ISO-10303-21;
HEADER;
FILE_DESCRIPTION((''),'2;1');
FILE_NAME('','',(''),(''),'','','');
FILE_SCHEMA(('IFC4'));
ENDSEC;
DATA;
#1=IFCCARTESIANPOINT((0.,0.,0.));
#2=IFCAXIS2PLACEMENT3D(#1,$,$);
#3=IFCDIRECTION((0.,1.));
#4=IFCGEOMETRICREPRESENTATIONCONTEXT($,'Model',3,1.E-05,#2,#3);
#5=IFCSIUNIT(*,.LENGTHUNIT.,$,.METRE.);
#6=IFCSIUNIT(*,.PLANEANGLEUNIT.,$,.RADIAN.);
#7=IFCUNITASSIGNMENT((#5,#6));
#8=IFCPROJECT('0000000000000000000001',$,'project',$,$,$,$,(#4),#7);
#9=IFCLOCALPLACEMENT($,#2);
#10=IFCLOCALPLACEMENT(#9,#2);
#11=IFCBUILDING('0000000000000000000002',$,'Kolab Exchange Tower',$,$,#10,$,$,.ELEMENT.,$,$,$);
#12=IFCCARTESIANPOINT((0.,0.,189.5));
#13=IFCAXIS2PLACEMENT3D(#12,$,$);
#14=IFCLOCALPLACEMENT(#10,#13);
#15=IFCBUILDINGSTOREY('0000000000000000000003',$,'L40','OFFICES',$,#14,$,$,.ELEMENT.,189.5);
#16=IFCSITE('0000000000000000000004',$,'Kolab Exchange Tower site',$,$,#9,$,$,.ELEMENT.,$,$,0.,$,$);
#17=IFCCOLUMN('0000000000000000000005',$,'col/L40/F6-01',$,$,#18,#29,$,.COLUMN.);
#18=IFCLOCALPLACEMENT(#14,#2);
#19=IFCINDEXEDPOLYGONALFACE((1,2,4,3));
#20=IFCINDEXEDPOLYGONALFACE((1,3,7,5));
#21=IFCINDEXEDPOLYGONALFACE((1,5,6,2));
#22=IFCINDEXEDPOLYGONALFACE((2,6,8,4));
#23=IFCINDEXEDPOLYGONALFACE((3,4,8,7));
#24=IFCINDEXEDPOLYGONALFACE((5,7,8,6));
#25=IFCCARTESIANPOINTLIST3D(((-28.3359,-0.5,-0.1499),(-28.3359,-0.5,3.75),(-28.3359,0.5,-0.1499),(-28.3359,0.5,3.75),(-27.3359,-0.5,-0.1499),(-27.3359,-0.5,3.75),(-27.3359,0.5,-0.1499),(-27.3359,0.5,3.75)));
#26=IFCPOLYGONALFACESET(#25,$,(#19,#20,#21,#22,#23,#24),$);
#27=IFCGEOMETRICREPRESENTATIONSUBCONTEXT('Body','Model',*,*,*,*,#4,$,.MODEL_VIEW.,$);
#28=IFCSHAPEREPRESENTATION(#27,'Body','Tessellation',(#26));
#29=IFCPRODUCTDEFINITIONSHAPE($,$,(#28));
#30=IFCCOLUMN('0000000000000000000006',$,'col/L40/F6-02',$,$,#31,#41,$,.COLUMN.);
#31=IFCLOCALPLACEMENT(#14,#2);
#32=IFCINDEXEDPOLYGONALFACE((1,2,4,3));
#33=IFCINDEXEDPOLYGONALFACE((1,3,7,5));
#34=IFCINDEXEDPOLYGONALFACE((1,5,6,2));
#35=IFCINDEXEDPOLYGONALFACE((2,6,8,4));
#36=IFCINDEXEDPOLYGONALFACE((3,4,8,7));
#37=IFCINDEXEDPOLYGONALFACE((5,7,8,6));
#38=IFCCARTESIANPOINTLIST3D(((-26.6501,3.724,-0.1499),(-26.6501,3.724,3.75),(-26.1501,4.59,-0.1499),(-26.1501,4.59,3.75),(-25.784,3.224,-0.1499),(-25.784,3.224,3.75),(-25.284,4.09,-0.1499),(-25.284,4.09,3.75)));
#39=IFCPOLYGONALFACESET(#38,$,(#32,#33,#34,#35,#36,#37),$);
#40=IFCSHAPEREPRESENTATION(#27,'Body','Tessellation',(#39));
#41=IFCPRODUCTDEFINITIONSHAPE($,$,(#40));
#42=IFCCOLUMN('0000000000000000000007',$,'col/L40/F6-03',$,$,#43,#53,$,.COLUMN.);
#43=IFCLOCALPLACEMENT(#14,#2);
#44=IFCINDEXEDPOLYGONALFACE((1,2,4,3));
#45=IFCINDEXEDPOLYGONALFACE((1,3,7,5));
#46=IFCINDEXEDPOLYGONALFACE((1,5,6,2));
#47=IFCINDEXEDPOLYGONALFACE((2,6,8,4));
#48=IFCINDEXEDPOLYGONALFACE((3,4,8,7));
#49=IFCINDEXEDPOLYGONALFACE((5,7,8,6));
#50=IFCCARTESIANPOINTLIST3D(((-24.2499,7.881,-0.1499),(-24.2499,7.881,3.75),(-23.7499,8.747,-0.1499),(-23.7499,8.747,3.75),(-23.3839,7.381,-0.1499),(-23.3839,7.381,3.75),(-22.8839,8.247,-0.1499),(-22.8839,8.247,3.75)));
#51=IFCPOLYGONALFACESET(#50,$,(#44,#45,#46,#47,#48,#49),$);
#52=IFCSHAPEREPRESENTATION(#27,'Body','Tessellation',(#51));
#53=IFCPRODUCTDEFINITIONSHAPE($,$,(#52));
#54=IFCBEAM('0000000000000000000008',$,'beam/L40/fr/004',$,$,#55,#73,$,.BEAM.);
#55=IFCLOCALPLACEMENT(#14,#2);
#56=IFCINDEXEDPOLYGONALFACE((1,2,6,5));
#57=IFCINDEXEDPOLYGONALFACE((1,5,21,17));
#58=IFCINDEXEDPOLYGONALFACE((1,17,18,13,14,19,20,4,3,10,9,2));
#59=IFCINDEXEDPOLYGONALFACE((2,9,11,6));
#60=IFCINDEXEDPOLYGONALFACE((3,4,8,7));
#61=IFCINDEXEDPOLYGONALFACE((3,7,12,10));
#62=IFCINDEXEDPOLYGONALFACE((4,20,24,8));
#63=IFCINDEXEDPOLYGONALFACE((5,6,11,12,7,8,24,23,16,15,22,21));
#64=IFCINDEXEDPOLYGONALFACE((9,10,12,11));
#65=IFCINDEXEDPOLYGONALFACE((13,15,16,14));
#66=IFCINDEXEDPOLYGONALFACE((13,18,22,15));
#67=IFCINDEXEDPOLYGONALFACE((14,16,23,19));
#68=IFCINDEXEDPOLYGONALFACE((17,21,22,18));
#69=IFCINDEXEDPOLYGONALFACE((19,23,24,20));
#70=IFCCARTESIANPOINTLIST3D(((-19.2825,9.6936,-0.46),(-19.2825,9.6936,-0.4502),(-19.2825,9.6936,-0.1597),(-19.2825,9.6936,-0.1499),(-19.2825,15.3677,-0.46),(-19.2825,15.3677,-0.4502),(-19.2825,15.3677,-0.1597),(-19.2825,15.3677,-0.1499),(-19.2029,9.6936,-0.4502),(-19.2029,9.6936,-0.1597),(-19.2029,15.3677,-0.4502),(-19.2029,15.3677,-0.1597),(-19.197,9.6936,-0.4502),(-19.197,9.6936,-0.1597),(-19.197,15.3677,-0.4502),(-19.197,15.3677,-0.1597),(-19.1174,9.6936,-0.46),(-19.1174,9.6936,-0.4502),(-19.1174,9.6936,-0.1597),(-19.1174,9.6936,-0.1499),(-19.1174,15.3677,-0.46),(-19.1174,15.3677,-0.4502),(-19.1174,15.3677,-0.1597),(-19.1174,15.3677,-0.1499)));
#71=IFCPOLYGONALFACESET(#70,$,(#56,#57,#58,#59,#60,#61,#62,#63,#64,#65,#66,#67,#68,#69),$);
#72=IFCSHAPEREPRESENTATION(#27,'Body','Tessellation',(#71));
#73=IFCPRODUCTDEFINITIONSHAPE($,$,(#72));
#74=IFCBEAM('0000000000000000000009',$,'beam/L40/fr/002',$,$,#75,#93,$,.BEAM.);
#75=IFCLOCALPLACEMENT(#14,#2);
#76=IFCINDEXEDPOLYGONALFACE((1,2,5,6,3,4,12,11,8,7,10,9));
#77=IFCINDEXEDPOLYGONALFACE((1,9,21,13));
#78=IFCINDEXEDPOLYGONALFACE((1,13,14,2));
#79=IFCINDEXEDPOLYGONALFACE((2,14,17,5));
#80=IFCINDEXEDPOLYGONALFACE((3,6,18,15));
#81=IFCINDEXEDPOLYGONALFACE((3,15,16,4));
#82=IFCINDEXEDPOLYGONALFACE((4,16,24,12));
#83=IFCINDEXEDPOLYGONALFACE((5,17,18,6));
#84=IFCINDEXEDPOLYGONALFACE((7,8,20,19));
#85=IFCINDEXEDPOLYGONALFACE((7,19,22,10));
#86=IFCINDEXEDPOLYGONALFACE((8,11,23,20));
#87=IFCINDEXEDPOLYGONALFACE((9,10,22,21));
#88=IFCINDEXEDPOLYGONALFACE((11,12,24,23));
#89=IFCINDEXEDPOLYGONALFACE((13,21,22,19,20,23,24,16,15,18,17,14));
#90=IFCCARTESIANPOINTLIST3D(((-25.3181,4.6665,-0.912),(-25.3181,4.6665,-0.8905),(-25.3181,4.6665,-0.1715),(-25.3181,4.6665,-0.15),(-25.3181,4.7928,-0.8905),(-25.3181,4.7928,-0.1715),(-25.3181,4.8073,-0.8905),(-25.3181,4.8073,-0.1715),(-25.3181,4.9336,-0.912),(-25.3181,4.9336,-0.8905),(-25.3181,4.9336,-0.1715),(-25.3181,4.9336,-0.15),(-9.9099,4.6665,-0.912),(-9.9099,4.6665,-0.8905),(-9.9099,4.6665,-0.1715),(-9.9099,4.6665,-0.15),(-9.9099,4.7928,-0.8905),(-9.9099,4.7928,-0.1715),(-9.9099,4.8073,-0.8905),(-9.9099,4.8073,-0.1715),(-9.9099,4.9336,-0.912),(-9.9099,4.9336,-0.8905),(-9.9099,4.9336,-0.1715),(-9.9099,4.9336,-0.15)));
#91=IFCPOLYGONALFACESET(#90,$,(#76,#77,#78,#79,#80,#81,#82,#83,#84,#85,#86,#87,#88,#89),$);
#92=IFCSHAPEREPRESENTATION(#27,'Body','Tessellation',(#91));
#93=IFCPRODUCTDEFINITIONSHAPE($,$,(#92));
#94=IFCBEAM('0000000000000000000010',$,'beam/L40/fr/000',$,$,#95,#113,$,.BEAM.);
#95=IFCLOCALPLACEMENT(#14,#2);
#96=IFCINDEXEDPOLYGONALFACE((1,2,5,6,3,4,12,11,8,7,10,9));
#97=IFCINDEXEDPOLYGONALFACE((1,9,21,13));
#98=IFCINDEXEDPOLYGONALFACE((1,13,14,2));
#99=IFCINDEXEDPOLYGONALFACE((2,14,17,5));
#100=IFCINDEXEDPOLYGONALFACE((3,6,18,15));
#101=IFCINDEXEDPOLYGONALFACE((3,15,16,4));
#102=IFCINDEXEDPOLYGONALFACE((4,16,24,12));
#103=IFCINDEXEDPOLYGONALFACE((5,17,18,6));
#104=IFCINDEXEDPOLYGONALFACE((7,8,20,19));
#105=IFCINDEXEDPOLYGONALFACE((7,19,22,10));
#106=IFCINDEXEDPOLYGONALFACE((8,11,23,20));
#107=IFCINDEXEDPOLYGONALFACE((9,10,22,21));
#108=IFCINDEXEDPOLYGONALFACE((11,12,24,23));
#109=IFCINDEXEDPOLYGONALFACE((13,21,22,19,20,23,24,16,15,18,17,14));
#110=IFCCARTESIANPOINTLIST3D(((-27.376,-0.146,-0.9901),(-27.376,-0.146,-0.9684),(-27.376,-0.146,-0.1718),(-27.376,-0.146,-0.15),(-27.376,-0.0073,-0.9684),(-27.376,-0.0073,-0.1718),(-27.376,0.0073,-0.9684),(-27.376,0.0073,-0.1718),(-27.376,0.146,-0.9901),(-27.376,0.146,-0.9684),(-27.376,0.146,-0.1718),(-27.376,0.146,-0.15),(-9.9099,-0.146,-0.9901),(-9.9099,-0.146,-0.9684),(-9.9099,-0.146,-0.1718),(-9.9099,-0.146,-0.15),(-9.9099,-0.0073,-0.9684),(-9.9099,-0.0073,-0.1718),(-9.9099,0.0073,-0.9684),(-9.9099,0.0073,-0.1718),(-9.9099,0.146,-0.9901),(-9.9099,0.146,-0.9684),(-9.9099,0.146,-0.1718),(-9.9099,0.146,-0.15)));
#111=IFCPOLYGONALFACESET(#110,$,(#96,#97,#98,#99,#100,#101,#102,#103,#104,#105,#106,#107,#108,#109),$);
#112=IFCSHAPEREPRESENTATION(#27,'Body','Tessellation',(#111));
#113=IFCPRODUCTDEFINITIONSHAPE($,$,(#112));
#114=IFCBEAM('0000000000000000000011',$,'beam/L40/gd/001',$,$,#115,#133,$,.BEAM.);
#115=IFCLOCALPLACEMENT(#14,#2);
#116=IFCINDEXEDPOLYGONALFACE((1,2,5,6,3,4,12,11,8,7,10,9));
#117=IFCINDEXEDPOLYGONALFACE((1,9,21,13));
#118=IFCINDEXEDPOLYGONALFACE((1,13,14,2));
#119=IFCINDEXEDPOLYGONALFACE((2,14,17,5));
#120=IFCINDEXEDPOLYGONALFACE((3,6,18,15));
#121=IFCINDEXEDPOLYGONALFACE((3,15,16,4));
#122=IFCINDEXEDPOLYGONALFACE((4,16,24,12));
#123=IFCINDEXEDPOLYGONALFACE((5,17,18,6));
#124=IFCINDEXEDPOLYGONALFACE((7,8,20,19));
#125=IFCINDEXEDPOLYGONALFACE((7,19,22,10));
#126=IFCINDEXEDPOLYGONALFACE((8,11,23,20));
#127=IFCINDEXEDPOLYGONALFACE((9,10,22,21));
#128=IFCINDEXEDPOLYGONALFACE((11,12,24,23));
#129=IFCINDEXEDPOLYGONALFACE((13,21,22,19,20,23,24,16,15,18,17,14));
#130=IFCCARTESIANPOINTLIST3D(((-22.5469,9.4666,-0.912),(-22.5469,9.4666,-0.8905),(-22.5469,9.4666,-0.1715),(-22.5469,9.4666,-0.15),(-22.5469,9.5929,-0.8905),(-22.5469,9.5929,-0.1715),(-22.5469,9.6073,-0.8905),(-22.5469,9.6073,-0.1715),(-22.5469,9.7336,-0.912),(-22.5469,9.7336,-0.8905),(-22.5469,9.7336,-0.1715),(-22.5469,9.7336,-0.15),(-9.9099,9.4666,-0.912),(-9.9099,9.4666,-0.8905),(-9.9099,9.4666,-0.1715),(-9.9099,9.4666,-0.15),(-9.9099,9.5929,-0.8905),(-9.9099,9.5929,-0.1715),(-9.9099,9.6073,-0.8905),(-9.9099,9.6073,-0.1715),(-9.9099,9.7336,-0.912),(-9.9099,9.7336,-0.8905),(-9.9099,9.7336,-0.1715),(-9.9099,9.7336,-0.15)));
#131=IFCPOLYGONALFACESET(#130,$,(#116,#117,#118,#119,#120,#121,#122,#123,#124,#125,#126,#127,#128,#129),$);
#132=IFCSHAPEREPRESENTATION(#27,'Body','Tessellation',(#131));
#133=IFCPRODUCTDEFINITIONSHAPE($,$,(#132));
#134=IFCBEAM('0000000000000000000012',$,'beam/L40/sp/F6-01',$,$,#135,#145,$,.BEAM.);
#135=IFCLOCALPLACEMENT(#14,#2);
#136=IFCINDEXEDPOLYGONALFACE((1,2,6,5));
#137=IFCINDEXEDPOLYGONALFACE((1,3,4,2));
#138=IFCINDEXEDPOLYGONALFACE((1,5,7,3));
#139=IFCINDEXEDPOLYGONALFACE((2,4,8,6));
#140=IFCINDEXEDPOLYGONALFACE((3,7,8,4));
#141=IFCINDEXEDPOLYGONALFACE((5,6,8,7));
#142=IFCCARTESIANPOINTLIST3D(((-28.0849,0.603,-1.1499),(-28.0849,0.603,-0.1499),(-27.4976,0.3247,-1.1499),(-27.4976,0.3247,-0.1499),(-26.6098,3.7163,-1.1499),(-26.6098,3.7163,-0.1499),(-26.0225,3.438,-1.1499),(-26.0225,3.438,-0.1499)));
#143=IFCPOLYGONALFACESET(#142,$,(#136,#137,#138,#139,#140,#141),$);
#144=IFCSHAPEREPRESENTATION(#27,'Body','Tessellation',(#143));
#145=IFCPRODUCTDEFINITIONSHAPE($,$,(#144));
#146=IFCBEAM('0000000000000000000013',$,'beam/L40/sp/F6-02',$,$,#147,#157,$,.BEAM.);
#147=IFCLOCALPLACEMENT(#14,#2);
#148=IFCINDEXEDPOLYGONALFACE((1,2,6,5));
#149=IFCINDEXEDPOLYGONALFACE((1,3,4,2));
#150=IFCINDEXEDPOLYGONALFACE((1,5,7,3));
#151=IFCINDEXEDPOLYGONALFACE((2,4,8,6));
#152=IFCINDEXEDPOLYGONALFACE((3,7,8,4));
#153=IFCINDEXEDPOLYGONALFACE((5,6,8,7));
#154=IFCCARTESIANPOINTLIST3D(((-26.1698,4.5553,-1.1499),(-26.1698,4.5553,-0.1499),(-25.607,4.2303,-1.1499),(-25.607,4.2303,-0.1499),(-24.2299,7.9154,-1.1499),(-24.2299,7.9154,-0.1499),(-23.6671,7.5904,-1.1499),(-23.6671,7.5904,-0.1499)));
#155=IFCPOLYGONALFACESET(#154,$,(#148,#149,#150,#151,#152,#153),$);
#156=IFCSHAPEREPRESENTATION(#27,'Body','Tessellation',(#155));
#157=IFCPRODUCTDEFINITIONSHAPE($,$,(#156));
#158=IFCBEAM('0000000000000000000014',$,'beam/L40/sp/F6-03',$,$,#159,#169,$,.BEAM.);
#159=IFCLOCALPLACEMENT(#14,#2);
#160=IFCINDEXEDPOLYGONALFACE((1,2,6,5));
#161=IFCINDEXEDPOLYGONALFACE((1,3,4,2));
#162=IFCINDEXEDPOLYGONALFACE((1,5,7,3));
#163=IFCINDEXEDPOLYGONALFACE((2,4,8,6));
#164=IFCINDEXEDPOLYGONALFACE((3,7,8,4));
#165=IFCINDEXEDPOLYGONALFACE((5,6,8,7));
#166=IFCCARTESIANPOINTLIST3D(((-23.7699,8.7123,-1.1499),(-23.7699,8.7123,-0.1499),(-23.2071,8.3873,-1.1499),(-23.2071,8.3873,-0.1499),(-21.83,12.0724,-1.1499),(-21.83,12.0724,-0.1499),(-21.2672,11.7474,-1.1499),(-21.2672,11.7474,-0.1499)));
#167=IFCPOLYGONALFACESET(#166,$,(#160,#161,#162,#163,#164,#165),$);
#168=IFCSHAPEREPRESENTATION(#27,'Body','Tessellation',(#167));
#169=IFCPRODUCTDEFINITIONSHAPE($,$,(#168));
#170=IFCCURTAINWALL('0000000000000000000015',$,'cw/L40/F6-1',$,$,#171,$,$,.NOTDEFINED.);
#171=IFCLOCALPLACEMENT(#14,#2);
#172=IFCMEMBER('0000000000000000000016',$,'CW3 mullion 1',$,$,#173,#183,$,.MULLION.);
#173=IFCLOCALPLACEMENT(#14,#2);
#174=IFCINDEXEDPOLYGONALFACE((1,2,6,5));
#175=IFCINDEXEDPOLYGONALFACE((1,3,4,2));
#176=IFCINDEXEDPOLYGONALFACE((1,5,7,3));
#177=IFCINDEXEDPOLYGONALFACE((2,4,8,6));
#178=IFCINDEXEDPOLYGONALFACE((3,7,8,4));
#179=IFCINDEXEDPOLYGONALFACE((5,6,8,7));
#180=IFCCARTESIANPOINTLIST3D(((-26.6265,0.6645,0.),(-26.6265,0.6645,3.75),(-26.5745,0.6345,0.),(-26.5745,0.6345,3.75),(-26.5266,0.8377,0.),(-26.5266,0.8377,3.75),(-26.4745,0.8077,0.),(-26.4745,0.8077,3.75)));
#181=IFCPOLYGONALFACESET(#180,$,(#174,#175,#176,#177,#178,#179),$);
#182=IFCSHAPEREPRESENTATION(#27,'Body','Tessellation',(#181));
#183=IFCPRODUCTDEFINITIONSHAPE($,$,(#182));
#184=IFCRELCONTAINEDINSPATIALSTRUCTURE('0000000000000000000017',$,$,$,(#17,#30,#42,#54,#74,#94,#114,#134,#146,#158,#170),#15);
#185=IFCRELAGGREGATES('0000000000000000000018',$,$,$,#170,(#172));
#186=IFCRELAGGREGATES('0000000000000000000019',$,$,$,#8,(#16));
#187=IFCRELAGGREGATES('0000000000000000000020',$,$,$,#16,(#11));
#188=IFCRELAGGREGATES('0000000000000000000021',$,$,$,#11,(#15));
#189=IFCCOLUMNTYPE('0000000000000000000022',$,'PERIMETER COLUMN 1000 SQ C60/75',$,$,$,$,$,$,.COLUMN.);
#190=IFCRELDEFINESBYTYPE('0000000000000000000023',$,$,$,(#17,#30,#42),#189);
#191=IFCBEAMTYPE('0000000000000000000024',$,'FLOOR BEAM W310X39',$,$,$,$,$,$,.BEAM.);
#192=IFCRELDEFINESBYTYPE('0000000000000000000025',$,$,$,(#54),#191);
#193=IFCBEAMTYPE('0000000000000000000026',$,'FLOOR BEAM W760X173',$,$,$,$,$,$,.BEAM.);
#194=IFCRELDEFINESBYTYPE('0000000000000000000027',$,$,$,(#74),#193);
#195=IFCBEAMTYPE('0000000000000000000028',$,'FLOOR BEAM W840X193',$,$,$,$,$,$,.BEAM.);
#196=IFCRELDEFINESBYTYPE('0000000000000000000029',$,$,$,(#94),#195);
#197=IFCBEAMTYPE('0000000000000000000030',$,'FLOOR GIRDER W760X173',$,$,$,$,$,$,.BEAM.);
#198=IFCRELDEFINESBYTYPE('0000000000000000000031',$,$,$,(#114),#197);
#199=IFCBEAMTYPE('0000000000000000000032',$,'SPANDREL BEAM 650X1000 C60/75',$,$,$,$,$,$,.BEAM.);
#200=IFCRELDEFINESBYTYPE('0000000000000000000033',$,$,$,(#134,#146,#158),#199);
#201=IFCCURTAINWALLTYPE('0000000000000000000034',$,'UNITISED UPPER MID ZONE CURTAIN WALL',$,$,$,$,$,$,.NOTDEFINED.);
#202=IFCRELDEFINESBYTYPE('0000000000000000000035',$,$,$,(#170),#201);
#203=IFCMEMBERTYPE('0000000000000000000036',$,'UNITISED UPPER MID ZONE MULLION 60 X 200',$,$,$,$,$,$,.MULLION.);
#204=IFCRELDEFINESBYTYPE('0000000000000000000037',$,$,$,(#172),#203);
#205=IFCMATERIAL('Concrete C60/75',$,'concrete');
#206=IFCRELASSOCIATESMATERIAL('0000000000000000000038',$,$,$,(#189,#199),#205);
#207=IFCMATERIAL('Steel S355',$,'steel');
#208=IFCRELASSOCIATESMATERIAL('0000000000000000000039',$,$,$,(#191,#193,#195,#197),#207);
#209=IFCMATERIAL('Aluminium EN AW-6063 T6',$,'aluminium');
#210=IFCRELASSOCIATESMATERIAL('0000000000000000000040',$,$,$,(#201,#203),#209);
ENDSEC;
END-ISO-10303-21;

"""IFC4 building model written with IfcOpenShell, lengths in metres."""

from ifc_helpers import new_model, si_unit, direction, frame, origin, origin_2d, place, context, subcontext, project, spatial, rectangle, i_section, extrude, material, material_profile, profile_set, type_object, element, aggregate, save


model = new_model("IFC4")

# Units and contexts
model_context = context("Model", 3, precision=1e-05, world=origin(), true_north=direction((0.0, 1.0)))
body_context = subcontext(model_context, "Body", "Model", "MODEL_VIEW")
ifc_project = project(units=[si_unit("LENGTHUNIT", "METRE"), si_unit("PLANEANGLEUNIT", "RADIAN")], contexts=[model_context])

# Site, building, storey
site_placement = place(None, origin())
site = spatial("IfcSite", under=ifc_project, at=site_placement, Name="Kolab Exchange Tower site", CompositionType="ELEMENT", RefElevation=0.0)
building_placement = place(site_placement, origin())
building = spatial("IfcBuilding", under=site, at=building_placement, Name="Kolab Exchange Tower", CompositionType="ELEMENT")
storey_placement = place(building_placement, frame((0.0, 0.0, 189.5)))
storey = spatial("IfcBuildingStorey", under=building, at=storey_placement, Name="L40", Description="OFFICES", CompositionType="ELEMENT", Elevation=189.5)

# Columns
ifc_material_1 = material(Name="Concrete C60/75", Category="concrete")
ifc_material_profile_1 = material_profile(ifc_material_1, rectangle(XDim=1.0, YDim=1.0, at=origin_2d()), Name="RC1000")
ifc_profile_set_1 = profile_set([ifc_material_profile_1], Name="Concrete C60/75")
column_type = type_object("IfcColumnType", Name="PERIMETER COLUMN 1000 SQ C60/75", PredefinedType="COLUMN", material=ifc_profile_set_1)
for number, where, z_axis, x_axis, name in (
    (1, (-27.8359, 0.0, -0.1499), (0.0, 0.0, 1.0), (1.0, 0.0, 0.0), "col/L40/F6-01"),
    (2, (-25.967, 3.907, -0.1499), (0.0, 0.0, 1.0), (0.5, 0.866025, 0.0), "col/L40/F6-02"),
    (3, (-23.5669, 8.064, -0.1499), (0.0, 0.0, 1.0), (0.5, 0.866025, 0.0), "col/L40/F6-03"),
):
    element("IfcColumn", number, at=place(storey_placement, frame(where, z_axis=z_axis, x_axis=x_axis)), inside=storey, type_object=column_type, Name=name, PredefinedType="COLUMN", context=body_context, shape_type="SweptSolid", body=[
        extrude(rectangle(XDim=1.0, YDim=1.0, at=origin_2d()), origin(), (0.0, 0.0, 1.0), 3.8999),
    ])

# Beams
ifc_material_2 = material(Name="Steel S355", Category="steel")
ifc_material_profile_2 = material_profile(ifc_material_2, i_section(OverallWidth=0.165, OverallDepth=0.3101, WebThickness=0.0059, FlangeThickness=0.0098, at=origin_2d()), Name="W310X39")
ifc_profile_set_2 = profile_set([ifc_material_profile_2], Name="Steel S355")
beam_type_1 = type_object("IfcBeamType", Name="FLOOR BEAM W310X39", PredefinedType="BEAM", material=ifc_profile_set_2)
beam_1_placement = place(storey_placement, frame((-19.2, 9.6936, -0.3049), z_axis=(0.0, 1.0, 0.0), x_axis=(-1.0, 0.0, 0.0)))
element("IfcBeam", 4, at=beam_1_placement, inside=storey, type_object=beam_type_1, Name="beam/L40/fr/004", PredefinedType="BEAM", context=body_context, shape_type="SweptSolid", body=[
    extrude(i_section(OverallWidth=0.165, OverallDepth=0.3101, WebThickness=0.0059, FlangeThickness=0.0098, at=origin_2d()), origin(), (0.0, 0.0, 1.0), 5.6741),
])
ifc_material_profile_3 = material_profile(ifc_material_2, i_section(OverallWidth=0.2671, OverallDepth=0.762, WebThickness=0.0144, FlangeThickness=0.0215, at=origin_2d()), Name="W760X173")
ifc_profile_set_3 = profile_set([ifc_material_profile_3], Name="Steel S355")
beam_type_2 = type_object("IfcBeamType", Name="FLOOR BEAM W760X173", PredefinedType="BEAM", material=ifc_profile_set_3)
beam_2_placement = place(storey_placement, frame((-25.3181, 4.8, -0.531), z_axis=(1.0, 0.0, 0.0), x_axis=(0.0, 1.0, 0.0)))
element("IfcBeam", 5, at=beam_2_placement, inside=storey, type_object=beam_type_2, Name="beam/L40/fr/002", PredefinedType="BEAM", context=body_context, shape_type="SweptSolid", body=[
    extrude(i_section(OverallWidth=0.2671, OverallDepth=0.762, WebThickness=0.0144, FlangeThickness=0.0215, at=origin_2d()), origin(), (0.0, 0.0, 1.0), 15.4082),
])
ifc_material_profile_4 = material_profile(ifc_material_2, i_section(OverallWidth=0.292, OverallDepth=0.8401, WebThickness=0.0146, FlangeThickness=0.0217, at=origin_2d()), Name="W840X193")
ifc_profile_set_4 = profile_set([ifc_material_profile_4], Name="Steel S355")
beam_type_3 = type_object("IfcBeamType", Name="FLOOR BEAM W840X193", PredefinedType="BEAM", material=ifc_profile_set_4)
beam_3_placement = place(storey_placement, frame((-27.376, 0.0, -0.5701), z_axis=(1.0, 0.0, 0.0), x_axis=(0.0, 1.0, 0.0)))
element("IfcBeam", 6, at=beam_3_placement, inside=storey, type_object=beam_type_3, Name="beam/L40/fr/000", PredefinedType="BEAM", context=body_context, shape_type="SweptSolid", body=[
    extrude(i_section(OverallWidth=0.292, OverallDepth=0.8401, WebThickness=0.0146, FlangeThickness=0.0217, at=origin_2d()), origin(), (0.0, 0.0, 1.0), 17.4661),
])
ifc_material_profile_5 = material_profile(ifc_material_2, i_section(OverallWidth=0.2671, OverallDepth=0.762, WebThickness=0.0144, FlangeThickness=0.0215, at=origin_2d()), Name="W760X173")
ifc_profile_set_5 = profile_set([ifc_material_profile_5], Name="Steel S355")
beam_type_4 = type_object("IfcBeamType", Name="FLOOR GIRDER W760X173", PredefinedType="BEAM", material=ifc_profile_set_5)
beam_4_placement = place(storey_placement, frame((-22.5469, 9.6001, -0.531), z_axis=(1.0, 0.0, 0.0), x_axis=(0.0, 1.0, 0.0)))
element("IfcBeam", 7, at=beam_4_placement, inside=storey, type_object=beam_type_4, Name="beam/L40/gd/001", PredefinedType="BEAM", context=body_context, shape_type="SweptSolid", body=[
    extrude(i_section(OverallWidth=0.2671, OverallDepth=0.762, WebThickness=0.0144, FlangeThickness=0.0215, at=origin_2d()), origin(), (0.0, 0.0, 1.0), 12.637),
])
ifc_material_profile_6 = material_profile(ifc_material_1, rectangle(XDim=0.6499, YDim=1.0, at=origin_2d()), Name="RC650X1000")
ifc_profile_set_6 = profile_set([ifc_material_profile_6], Name="Concrete C60/75")
beam_type_5 = type_object("IfcBeamType", Name="SPANDREL BEAM 650X1000 C60/75", PredefinedType="BEAM", material=ifc_profile_set_6)
beam_5_placement = place(storey_placement, frame((-27.7913, 0.4639, -0.6499), z_axis=(0.428178, 0.903695, 0.0), x_axis=(-0.903695, 0.428178, 0.0)))
element("IfcBeam", 8, at=beam_5_placement, inside=storey, type_object=beam_type_5, Name="beam/L40/sp/F6-01", PredefinedType="BEAM", context=body_context, shape_type="SweptSolid", body=[
    extrude(rectangle(XDim=0.6499, YDim=1.0, at=origin_2d()), origin(), (0.0, 0.0, 1.0), 3.4451),
])
for number, where, z_axis, x_axis, name in (
    (9, (-25.8884, 4.3928, -0.6499), (0.499997, 0.866027, 0.0), (-0.866027, 0.499997, 0.0), "beam/L40/sp/F6-02"),
    (10, (-23.4885, 8.5498, -0.6499), (0.499997, 0.866027, 0.0), (-0.866027, 0.499997, 0.0), "beam/L40/sp/F6-03"),
):
    element("IfcBeam", number, at=place(storey_placement, frame(where, z_axis=z_axis, x_axis=x_axis)), inside=storey, type_object=beam_type_5, Name=name, PredefinedType="BEAM", context=body_context, shape_type="SweptSolid", body=[
        extrude(rectangle(XDim=0.6499, YDim=1.0, at=origin_2d()), origin(), (0.0, 0.0, 1.0), 3.8799),
    ])

# Curtain wall, member
ifc_material_3 = material(Name="Aluminium EN AW-6063 T6", Category="aluminium")
curtain_wall_type = type_object("IfcCurtainWallType", Name="UNITISED UPPER MID ZONE CURTAIN WALL", PredefinedType="NOTDEFINED", material=ifc_material_3)
curtain_wall_1_placement = place(storey_placement, origin())
curtain_wall_1 = element("IfcCurtainWall", 11, at=curtain_wall_1_placement, inside=storey, type_object=curtain_wall_type, Name="cw/L40/F6-1", PredefinedType="NOTDEFINED")
ifc_material_profile_7 = material_profile(ifc_material_3, rectangle(XDim=0.0601, YDim=0.2, at=origin_2d()), Name="RECT 60X200")
ifc_profile_set_7 = profile_set([ifc_material_profile_7], Name="Aluminium EN AW-6063 T6")
member_type_1 = type_object("IfcMemberType", Name="UNITISED UPPER MID ZONE MULLION 60 X 200", PredefinedType="MULLION", material=ifc_profile_set_7)
member_1_placement = place(storey_placement, frame((-26.5505, 0.7361, 0.0), z_axis=(0.0, 0.0, 1.0), x_axis=(-0.866025, 0.5, 0.0)))
member_1 = element("IfcMember", 12, at=member_1_placement, type_object=member_type_1, Name="CW3 mullion 1", PredefinedType="MULLION", context=body_context, shape_type="SweptSolid", body=[
    extrude(rectangle(XDim=0.0601, YDim=0.2, at=origin_2d()), origin(), (0.0, 0.0, 1.0), 3.75),
])

aggregate(curtain_wall_1, [member_1])

save(model, "model.ifc")
